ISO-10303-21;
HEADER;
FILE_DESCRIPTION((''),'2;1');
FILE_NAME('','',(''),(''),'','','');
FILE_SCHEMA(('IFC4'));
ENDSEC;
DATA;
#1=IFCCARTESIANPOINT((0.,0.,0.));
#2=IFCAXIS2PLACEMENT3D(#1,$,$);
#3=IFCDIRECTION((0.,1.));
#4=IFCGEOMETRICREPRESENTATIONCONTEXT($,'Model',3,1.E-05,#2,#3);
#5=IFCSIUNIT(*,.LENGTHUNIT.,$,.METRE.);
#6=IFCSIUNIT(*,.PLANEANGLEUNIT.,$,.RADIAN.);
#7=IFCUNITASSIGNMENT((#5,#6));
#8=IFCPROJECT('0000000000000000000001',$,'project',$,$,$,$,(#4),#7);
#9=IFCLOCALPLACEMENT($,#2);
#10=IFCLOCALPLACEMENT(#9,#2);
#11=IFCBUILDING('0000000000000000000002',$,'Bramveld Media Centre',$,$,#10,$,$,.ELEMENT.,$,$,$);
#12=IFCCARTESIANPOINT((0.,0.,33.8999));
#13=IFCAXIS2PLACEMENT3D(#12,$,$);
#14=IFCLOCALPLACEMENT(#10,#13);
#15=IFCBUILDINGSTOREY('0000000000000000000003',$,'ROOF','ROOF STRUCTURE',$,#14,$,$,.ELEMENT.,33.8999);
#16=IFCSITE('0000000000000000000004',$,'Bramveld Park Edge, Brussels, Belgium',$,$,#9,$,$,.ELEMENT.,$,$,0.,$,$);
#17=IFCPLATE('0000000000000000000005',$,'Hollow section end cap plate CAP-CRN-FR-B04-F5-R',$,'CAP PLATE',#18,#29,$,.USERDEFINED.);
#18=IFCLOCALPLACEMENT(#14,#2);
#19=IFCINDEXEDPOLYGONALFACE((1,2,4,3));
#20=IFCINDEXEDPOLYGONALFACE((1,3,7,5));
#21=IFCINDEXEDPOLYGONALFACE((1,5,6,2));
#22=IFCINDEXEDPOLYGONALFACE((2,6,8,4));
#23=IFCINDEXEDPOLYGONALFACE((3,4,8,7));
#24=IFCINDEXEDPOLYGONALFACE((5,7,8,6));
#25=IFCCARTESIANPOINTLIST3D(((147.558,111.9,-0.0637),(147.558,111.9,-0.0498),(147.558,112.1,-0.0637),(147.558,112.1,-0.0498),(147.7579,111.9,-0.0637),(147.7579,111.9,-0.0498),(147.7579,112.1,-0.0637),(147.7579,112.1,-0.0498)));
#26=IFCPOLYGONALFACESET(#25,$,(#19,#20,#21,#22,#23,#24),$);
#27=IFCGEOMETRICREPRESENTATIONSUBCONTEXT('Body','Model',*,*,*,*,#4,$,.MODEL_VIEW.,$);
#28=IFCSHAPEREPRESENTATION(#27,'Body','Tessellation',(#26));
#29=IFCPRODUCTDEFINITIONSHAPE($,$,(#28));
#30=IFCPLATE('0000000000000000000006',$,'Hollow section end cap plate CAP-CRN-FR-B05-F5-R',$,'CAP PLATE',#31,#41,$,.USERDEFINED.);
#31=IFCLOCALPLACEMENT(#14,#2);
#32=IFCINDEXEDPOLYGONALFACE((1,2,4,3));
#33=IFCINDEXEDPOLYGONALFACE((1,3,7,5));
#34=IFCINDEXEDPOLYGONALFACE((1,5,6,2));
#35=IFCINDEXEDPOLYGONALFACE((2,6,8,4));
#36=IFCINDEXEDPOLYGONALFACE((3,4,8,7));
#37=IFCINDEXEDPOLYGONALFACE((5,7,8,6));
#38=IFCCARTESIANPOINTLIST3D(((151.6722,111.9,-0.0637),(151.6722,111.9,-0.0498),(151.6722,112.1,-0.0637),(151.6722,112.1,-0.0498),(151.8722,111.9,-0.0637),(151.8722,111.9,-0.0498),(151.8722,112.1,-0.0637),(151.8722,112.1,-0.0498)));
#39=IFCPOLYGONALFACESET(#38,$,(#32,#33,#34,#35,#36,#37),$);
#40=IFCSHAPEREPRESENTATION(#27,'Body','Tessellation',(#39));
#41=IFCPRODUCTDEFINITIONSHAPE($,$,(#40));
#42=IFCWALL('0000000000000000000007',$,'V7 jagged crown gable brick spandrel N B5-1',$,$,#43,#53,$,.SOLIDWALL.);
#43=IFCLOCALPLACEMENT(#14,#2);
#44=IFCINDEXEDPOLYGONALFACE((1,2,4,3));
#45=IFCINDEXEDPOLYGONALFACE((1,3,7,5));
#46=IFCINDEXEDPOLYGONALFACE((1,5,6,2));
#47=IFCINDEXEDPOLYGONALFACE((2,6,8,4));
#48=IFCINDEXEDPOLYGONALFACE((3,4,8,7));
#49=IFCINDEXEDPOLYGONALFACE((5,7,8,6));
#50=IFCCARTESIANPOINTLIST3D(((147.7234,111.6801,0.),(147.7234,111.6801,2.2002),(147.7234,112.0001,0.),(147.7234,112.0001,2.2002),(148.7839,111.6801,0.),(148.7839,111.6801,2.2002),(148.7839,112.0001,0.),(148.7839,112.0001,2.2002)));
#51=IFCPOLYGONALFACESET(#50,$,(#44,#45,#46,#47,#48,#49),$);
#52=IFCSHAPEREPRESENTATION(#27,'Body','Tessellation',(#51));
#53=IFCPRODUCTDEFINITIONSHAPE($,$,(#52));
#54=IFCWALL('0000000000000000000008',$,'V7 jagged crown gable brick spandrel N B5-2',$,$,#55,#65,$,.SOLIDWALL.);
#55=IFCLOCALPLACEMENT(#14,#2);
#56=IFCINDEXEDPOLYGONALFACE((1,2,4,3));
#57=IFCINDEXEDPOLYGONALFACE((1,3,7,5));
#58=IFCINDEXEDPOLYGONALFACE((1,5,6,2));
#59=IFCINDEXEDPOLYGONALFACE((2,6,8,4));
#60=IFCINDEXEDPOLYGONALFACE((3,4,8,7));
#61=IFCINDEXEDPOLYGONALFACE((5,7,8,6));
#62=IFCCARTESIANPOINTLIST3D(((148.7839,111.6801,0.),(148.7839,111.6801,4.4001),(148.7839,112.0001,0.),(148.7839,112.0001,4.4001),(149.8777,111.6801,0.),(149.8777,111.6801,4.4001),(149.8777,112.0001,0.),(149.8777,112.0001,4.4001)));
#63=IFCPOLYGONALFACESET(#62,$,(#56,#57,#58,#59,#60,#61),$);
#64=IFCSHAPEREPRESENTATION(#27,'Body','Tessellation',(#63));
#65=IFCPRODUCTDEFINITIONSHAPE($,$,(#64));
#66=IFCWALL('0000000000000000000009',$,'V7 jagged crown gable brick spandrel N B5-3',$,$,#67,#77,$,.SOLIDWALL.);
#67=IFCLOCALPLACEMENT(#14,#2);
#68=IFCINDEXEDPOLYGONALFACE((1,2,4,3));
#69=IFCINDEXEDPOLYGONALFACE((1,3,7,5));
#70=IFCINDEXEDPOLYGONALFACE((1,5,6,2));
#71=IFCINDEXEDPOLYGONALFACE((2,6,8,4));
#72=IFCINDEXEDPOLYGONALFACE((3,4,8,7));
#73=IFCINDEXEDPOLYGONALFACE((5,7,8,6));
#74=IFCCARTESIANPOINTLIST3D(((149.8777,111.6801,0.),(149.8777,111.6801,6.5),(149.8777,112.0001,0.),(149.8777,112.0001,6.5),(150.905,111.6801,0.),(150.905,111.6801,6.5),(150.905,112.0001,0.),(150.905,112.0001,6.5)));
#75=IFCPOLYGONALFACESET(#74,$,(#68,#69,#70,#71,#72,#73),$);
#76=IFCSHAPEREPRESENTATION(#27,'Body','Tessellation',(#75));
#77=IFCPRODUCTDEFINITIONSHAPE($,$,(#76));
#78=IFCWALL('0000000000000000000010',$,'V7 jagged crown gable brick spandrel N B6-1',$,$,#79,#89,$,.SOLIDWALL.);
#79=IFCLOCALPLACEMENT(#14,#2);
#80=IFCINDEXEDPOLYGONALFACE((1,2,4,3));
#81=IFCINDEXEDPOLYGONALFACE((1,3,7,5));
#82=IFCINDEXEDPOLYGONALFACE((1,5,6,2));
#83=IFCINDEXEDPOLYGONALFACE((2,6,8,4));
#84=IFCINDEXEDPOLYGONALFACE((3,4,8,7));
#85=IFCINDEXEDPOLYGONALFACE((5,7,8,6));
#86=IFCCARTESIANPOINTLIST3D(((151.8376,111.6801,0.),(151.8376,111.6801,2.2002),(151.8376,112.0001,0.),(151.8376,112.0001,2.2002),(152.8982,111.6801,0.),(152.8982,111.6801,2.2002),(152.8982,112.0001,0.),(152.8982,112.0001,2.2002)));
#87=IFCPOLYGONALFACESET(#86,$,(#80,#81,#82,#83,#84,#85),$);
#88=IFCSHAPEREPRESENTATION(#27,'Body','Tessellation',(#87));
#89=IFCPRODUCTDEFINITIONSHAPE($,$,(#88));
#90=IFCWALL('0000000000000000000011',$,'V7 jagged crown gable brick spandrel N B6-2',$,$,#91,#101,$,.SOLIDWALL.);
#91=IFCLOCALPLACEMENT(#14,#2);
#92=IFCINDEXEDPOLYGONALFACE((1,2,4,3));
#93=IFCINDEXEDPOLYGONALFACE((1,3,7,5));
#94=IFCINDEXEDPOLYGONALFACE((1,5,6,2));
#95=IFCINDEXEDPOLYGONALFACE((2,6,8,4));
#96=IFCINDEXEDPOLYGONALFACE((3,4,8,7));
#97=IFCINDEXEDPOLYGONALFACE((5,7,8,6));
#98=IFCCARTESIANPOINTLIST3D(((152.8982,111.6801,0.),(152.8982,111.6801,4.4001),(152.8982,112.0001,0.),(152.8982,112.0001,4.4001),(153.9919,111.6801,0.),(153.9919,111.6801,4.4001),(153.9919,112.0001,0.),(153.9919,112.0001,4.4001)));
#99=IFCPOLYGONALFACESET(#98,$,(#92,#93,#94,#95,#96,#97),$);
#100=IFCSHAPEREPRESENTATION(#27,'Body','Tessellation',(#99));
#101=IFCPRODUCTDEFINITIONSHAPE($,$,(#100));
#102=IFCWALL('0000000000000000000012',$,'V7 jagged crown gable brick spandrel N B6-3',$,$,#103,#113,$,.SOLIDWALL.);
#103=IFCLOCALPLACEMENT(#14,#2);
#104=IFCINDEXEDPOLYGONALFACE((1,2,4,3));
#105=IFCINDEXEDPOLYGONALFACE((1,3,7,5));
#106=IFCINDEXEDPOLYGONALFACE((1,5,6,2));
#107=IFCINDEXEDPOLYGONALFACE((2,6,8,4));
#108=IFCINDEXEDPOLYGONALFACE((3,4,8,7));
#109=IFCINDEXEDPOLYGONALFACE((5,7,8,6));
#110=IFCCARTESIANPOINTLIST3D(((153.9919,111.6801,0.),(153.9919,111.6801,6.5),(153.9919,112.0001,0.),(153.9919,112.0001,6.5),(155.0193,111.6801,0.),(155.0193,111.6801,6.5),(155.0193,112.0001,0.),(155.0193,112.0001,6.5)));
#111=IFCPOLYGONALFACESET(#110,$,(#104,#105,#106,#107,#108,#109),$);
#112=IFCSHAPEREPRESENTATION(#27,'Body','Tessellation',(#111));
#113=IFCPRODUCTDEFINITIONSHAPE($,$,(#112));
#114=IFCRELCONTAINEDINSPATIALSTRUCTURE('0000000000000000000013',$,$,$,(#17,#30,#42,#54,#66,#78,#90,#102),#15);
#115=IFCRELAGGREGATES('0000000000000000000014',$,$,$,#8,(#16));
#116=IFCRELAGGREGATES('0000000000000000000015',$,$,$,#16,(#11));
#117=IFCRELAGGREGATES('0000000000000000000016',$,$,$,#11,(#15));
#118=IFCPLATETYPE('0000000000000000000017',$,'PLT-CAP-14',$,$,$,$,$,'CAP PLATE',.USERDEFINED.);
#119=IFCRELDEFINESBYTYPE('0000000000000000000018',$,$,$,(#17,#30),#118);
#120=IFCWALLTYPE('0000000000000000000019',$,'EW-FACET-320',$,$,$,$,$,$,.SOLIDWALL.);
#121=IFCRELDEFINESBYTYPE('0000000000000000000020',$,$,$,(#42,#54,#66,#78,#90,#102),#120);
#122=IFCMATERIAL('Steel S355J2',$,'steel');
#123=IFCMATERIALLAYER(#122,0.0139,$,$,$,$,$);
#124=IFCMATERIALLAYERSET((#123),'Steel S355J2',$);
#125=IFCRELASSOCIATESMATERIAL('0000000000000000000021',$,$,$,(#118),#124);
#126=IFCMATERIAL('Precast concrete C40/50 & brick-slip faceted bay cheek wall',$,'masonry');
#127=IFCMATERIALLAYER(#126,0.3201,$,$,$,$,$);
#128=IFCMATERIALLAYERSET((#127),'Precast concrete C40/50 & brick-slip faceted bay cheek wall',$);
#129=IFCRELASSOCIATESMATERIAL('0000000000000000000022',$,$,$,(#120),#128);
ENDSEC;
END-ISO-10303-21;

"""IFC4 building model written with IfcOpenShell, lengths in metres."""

from ifc_helpers import new_model, si_unit, direction, frame, frame_2d, origin, origin_2d, place, context, subcontext, project, spatial, rectangle, extrude, material, layer, layer_set, type_object, element, save


model = new_model("IFC4")

# Units and contexts
model_context = context("Model", 3, precision=1e-05, world=origin(), true_north=direction((0.0, 1.0)))
body_context = subcontext(model_context, "Body", "Model", "MODEL_VIEW")
ifc_project = project(units=[si_unit("LENGTHUNIT", "METRE"), si_unit("PLANEANGLEUNIT", "RADIAN")], contexts=[model_context])

# Site, building, storey
site_placement = place(None, origin())
site = spatial("IfcSite", under=ifc_project, at=site_placement, Name="Bramveld Park Edge, Brussels, Belgium", CompositionType="ELEMENT", RefElevation=0.0)
building_placement = place(site_placement, origin())
building = spatial("IfcBuilding", under=site, at=building_placement, Name="Bramveld Media Centre", CompositionType="ELEMENT")
storey_placement = place(building_placement, frame((0.0, 0.0, 33.8999)))
storey = spatial("IfcBuildingStorey", under=building, at=storey_placement, Name="ROOF", Description="ROOF STRUCTURE", CompositionType="ELEMENT", Elevation=33.8999)

# Plates
ifc_material_1 = material(Name="Steel S355J2", Category="steel")
ifc_layer_1 = layer(ifc_material_1, 0.0139)
ifc_layer_set_1 = layer_set([ifc_layer_1], Name="Steel S355J2")
plate_type = type_object("IfcPlateType", Name="PLT-CAP-14", ElementType="CAP PLATE", PredefinedType="USERDEFINED", material=ifc_layer_set_1)
for number, where, z_axis, x_axis, name in (
    (1, (147.658, 112.0, -0.0498), (0.0, 0.0, -1.0), (1.0, 0.0, 0.0), "Hollow section end cap plate CAP-CRN-FR-B04-F5-R"),
    (2, (151.7722, 112.0, -0.0498), (0.0, 0.0, -1.0), (1.0, 0.0, 0.0), "Hollow section end cap plate CAP-CRN-FR-B05-F5-R"),
):
    element("IfcPlate", number, at=place(storey_placement, frame(where, z_axis=z_axis, x_axis=x_axis)), inside=storey, type_object=plate_type, Name=name, ObjectType="CAP PLATE", PredefinedType="USERDEFINED", context=body_context, shape_type="SweptSolid", body=[
        extrude(rectangle(XDim=0.2, YDim=0.2, at=origin_2d()), origin(), (0.0, 0.0, 1.0), 0.0139),
    ])

# Walls
ifc_material_2 = material(Name="Precast concrete C40/50 & brick-slip faceted bay cheek wall", Category="masonry")
ifc_layer_2 = layer(ifc_material_2, 0.3201)
ifc_layer_set_2 = layer_set([ifc_layer_2], Name="Precast concrete C40/50 & brick-slip faceted bay cheek wall")
wall_type = type_object("IfcWallType", Name="EW-FACET-320", PredefinedType="SOLIDWALL", material=ifc_layer_set_2)
wall_1_placement = place(storey_placement, frame((147.7234, 111.8401, 0.0), z_axis=(0.0, 0.0, 1.0), x_axis=(1.0, 0.0, 0.0)))
element("IfcWall", 3, at=wall_1_placement, inside=storey, type_object=wall_type, Name="V7 jagged crown gable brick spandrel N B5-1", PredefinedType="SOLIDWALL", context=body_context, shape_type="SweptSolid", body=[
    extrude(rectangle(XDim=1.0605, YDim=0.3201, at=frame_2d((0.5303, 0.0))), origin(), (0.0, 0.0, 1.0), 2.2002),
])
wall_2_placement = place(storey_placement, frame((148.7839, 111.8401, 0.0), z_axis=(0.0, 0.0, 1.0), x_axis=(1.0, 0.0, 0.0)))
element("IfcWall", 4, at=wall_2_placement, inside=storey, type_object=wall_type, Name="V7 jagged crown gable brick spandrel N B5-2", PredefinedType="SOLIDWALL", context=body_context, shape_type="SweptSolid", body=[
    extrude(rectangle(XDim=1.0938, YDim=0.3201, at=frame_2d((0.5469, 0.0))), origin(), (0.0, 0.0, 1.0), 4.4001),
])
wall_3_placement = place(storey_placement, frame((149.8777, 111.8401, 0.0), z_axis=(0.0, 0.0, 1.0), x_axis=(1.0, 0.0, 0.0)))
element("IfcWall", 5, at=wall_3_placement, inside=storey, type_object=wall_type, Name="V7 jagged crown gable brick spandrel N B5-3", PredefinedType="SOLIDWALL", context=body_context, shape_type="SweptSolid", body=[
    extrude(rectangle(XDim=1.0273, YDim=0.3201, at=frame_2d((0.5137, 0.0))), origin(), (0.0, 0.0, 1.0), 6.5),
])
wall_4_placement = place(storey_placement, frame((151.8376, 111.8401, 0.0), z_axis=(0.0, 0.0, 1.0), x_axis=(1.0, 0.0, 0.0)))
element("IfcWall", 6, at=wall_4_placement, inside=storey, type_object=wall_type, Name="V7 jagged crown gable brick spandrel N B6-1", PredefinedType="SOLIDWALL", context=body_context, shape_type="SweptSolid", body=[
    extrude(rectangle(XDim=1.0605, YDim=0.3201, at=frame_2d((0.5303, 0.0))), origin(), (0.0, 0.0, 1.0), 2.2002),
])
wall_5_placement = place(storey_placement, frame((152.8982, 111.8401, 0.0), z_axis=(0.0, 0.0, 1.0), x_axis=(1.0, 0.0, 0.0)))
element("IfcWall", 7, at=wall_5_placement, inside=storey, type_object=wall_type, Name="V7 jagged crown gable brick spandrel N B6-2", PredefinedType="SOLIDWALL", context=body_context, shape_type="SweptSolid", body=[
    extrude(rectangle(XDim=1.0938, YDim=0.3201, at=frame_2d((0.5469, 0.0))), origin(), (0.0, 0.0, 1.0), 4.4001),
])
wall_6_placement = place(storey_placement, frame((153.9919, 111.8401, 0.0), z_axis=(0.0, 0.0, 1.0), x_axis=(1.0, 0.0, 0.0)))
element("IfcWall", 8, at=wall_6_placement, inside=storey, type_object=wall_type, Name="V7 jagged crown gable brick spandrel N B6-3", PredefinedType="SOLIDWALL", context=body_context, shape_type="SweptSolid", body=[
    extrude(rectangle(XDim=1.0273, YDim=0.3201, at=frame_2d((0.5137, 0.0))), origin(), (0.0, 0.0, 1.0), 6.5),
])

save(model, "model.ifc")
